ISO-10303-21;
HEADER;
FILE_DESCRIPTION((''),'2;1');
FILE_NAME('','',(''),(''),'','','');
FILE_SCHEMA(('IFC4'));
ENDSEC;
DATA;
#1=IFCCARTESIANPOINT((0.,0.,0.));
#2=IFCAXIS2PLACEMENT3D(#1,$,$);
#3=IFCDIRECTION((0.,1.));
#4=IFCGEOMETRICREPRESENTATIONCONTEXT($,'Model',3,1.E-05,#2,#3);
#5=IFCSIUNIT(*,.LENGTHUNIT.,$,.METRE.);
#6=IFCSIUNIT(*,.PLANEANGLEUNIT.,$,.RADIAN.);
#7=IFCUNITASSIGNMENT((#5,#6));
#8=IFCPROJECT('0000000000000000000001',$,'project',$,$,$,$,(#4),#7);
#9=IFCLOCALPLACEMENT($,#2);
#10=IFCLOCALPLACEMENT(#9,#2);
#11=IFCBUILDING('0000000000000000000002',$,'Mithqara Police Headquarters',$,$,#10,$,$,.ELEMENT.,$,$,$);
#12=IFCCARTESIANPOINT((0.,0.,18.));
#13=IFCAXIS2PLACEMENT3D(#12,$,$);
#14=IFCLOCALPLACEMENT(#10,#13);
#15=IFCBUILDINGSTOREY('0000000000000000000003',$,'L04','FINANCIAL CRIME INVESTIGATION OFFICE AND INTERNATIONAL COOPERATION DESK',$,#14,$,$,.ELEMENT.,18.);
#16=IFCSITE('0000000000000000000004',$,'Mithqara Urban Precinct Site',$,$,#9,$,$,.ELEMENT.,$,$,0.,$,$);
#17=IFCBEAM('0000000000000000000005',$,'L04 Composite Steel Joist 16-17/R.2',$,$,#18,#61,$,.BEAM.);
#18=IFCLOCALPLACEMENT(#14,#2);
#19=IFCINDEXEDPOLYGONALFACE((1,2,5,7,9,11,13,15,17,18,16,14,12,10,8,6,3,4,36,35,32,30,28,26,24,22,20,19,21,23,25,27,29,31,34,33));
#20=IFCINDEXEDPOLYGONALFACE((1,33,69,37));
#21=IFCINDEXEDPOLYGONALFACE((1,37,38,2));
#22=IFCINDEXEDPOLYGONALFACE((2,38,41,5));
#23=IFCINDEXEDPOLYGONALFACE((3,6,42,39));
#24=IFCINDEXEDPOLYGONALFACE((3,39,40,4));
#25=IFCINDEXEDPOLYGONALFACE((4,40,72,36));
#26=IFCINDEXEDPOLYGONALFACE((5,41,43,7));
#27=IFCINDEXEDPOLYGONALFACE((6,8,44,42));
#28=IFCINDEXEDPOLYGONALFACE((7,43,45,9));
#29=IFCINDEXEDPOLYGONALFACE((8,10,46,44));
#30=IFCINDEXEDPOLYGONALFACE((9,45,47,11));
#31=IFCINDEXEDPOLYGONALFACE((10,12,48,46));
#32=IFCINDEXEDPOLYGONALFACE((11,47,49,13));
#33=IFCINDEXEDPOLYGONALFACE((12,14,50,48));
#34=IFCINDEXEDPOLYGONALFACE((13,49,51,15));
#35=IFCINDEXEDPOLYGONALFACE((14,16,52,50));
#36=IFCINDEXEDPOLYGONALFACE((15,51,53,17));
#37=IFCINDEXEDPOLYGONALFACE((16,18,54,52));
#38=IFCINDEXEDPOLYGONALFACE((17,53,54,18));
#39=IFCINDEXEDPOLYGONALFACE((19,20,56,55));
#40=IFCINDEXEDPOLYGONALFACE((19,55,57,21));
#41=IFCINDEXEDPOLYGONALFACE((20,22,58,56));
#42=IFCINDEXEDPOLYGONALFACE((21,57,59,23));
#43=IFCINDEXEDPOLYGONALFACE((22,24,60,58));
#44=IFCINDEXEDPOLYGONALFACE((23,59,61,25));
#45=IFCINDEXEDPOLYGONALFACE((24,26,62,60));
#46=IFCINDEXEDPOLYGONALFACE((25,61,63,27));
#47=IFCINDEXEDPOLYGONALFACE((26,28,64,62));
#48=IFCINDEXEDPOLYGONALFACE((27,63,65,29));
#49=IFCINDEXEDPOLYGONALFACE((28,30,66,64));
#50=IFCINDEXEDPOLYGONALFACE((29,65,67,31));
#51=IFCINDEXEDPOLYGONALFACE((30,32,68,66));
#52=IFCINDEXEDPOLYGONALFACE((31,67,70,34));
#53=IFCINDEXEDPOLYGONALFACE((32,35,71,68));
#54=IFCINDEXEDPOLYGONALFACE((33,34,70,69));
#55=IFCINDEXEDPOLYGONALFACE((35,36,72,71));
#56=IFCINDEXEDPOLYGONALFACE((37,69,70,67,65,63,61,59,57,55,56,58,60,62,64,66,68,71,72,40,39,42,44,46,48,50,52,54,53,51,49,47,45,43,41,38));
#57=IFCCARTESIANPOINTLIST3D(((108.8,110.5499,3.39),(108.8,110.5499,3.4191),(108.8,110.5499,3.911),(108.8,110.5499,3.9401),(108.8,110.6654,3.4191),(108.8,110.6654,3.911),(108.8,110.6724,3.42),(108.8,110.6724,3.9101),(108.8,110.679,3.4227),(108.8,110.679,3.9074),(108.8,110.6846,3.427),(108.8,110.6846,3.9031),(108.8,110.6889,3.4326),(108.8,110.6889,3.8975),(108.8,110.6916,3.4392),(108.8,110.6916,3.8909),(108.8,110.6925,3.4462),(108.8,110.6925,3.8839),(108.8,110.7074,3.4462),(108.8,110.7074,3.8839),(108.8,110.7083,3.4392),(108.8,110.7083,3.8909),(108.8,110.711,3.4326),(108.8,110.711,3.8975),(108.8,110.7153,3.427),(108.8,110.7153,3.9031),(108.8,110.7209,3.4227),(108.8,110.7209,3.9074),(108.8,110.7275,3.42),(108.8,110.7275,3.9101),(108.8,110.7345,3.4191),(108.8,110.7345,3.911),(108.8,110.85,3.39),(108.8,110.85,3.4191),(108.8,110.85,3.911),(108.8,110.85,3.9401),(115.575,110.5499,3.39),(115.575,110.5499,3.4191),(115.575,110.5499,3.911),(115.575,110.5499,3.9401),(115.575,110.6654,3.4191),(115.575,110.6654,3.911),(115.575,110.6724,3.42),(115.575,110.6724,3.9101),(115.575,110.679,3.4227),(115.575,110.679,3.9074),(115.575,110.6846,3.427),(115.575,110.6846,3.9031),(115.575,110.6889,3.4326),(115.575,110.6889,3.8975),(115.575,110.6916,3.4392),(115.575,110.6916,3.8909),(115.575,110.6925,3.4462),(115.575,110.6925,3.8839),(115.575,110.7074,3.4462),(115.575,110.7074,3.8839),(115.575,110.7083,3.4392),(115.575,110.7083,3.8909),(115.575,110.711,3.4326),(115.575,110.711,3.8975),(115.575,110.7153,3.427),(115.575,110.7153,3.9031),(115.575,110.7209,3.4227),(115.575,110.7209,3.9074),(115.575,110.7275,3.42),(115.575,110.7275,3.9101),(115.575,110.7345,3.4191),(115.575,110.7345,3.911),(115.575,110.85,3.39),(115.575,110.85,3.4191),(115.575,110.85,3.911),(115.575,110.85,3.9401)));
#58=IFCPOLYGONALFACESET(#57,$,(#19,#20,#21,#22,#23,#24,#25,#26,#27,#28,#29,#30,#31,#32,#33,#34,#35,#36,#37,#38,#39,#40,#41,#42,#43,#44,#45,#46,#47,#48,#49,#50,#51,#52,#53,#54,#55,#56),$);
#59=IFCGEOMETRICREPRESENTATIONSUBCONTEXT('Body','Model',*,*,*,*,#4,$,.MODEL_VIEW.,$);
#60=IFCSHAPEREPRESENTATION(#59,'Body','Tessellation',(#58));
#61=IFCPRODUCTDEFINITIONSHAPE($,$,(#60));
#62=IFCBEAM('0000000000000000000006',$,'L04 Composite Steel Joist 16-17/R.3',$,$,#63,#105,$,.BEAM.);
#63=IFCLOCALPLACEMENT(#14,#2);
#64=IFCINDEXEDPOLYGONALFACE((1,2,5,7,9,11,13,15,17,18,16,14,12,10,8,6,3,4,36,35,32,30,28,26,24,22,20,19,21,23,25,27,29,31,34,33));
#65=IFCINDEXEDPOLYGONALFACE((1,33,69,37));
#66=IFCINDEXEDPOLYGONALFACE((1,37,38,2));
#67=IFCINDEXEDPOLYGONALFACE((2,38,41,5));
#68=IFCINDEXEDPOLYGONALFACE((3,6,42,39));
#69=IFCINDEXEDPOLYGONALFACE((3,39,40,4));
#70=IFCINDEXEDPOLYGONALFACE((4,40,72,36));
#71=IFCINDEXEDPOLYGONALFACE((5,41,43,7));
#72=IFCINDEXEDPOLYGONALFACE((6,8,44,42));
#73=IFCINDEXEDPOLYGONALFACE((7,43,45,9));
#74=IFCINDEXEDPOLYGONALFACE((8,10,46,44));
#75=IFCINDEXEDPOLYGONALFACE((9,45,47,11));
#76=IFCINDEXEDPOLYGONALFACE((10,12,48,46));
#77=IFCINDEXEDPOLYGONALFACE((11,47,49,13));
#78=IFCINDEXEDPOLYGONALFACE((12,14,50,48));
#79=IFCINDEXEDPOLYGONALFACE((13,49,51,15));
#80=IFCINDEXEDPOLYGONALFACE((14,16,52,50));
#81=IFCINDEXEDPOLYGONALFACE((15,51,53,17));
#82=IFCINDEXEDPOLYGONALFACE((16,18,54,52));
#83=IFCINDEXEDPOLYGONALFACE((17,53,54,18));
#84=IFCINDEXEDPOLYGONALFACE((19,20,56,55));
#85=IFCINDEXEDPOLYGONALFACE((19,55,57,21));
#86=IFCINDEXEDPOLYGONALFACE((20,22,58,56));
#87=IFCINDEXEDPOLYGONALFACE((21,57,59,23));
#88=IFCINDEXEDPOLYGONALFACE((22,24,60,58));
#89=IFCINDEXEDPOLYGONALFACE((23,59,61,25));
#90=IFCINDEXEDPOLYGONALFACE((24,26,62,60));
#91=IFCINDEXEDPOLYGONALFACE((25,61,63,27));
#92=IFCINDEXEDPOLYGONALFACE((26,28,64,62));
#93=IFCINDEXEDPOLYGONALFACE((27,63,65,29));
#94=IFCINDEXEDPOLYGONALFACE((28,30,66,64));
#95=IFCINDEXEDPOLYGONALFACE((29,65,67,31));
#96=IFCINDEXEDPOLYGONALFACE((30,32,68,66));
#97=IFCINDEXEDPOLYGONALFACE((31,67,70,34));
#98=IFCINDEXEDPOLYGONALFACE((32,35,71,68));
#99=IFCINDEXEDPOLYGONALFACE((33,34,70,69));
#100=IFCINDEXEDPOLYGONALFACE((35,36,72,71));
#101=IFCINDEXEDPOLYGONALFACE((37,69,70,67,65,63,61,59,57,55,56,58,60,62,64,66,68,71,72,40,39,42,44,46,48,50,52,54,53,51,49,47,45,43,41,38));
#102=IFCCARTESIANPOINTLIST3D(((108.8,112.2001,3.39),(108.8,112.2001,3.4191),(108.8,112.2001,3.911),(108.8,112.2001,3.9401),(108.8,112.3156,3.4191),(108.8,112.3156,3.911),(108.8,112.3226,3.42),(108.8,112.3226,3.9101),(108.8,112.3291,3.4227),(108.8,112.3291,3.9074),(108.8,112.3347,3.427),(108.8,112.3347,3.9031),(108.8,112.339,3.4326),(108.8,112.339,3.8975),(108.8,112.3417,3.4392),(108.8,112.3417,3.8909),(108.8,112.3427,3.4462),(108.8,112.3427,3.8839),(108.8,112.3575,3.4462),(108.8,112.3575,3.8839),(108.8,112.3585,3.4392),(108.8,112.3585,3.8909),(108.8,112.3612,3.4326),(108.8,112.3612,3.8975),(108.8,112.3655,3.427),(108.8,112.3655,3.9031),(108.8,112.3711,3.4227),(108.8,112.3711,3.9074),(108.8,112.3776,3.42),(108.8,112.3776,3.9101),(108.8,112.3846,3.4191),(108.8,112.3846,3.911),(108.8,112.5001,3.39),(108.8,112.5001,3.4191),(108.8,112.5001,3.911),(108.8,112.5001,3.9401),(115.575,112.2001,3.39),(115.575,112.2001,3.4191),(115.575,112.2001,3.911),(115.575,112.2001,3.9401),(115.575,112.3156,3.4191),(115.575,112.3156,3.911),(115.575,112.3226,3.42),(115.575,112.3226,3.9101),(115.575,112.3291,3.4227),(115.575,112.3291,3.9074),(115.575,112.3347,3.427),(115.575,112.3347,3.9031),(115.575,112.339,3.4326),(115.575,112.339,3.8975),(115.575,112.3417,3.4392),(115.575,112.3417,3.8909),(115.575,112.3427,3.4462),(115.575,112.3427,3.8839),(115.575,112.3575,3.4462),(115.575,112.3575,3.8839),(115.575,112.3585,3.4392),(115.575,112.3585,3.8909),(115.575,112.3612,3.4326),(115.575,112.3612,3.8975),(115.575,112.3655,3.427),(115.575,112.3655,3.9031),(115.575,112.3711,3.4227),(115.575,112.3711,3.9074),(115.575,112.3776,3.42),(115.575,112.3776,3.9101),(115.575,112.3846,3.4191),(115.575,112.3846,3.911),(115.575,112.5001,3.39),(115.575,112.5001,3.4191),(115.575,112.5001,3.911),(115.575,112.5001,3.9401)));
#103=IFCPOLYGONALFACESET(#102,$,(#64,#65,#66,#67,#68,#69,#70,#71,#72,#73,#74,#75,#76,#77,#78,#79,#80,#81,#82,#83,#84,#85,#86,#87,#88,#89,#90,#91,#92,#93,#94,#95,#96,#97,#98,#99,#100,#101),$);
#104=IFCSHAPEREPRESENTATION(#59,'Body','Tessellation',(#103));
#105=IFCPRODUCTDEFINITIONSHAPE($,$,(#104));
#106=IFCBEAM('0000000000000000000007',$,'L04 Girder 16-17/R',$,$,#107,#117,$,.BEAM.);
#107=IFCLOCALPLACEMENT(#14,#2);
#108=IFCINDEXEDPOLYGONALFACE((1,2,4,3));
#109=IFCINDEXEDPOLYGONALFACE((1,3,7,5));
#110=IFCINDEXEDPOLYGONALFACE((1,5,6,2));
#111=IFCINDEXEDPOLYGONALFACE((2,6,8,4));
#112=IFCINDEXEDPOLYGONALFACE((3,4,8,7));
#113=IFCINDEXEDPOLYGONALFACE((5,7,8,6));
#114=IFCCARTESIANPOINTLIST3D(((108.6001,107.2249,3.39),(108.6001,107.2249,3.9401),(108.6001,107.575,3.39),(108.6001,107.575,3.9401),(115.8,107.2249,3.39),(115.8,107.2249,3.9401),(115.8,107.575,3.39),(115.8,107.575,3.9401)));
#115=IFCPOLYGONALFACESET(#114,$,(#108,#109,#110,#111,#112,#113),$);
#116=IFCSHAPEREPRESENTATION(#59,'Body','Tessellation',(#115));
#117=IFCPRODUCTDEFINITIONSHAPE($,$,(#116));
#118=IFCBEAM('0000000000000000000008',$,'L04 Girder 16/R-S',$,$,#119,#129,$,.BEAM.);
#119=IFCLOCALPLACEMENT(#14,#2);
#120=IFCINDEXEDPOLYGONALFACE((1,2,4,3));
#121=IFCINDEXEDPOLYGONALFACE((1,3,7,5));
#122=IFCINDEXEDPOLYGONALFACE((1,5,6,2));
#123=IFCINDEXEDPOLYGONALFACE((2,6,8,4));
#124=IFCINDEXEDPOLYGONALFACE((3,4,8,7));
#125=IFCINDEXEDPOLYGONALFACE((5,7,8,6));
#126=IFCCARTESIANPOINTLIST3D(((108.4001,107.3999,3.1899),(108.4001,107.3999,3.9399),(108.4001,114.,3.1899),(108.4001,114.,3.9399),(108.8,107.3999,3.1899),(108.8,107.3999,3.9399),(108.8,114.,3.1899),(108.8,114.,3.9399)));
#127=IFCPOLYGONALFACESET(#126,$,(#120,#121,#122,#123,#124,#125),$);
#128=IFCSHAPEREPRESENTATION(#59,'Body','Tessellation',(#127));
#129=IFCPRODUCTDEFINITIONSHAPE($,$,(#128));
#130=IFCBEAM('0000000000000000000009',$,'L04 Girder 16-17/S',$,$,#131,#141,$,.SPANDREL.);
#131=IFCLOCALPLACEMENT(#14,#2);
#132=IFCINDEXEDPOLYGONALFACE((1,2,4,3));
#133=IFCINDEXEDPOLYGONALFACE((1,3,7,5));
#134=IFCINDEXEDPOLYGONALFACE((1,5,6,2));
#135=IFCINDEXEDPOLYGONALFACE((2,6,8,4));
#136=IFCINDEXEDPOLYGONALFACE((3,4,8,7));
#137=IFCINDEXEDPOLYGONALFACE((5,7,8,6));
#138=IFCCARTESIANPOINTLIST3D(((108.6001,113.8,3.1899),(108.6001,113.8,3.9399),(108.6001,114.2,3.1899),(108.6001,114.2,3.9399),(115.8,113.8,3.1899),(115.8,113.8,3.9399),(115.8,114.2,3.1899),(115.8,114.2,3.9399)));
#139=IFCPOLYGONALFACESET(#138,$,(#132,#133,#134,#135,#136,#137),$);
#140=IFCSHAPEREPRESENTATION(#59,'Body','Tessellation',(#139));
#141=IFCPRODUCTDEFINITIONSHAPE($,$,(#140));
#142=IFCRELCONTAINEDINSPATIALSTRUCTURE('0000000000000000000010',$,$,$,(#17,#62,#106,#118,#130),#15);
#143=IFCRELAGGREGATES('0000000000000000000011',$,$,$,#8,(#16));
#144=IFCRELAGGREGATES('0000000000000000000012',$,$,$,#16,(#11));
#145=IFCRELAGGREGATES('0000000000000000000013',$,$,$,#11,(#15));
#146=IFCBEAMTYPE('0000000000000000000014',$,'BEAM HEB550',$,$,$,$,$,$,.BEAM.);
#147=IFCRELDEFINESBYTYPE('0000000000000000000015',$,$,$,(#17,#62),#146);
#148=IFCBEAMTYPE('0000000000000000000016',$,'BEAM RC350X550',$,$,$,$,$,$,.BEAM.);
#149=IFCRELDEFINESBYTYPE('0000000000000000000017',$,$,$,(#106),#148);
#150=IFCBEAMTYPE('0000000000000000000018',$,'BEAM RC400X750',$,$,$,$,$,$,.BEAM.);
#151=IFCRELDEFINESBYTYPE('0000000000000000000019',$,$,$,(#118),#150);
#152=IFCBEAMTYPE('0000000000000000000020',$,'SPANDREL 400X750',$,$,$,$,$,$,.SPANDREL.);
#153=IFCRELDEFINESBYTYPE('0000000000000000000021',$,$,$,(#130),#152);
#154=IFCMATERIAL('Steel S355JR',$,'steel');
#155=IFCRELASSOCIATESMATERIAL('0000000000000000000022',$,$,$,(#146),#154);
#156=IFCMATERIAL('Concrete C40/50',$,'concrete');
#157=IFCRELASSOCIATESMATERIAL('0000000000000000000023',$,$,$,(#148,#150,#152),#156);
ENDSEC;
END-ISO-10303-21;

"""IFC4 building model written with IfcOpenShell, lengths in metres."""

from ifc_helpers import new_model, si_unit, direction, frame, origin, origin_2d, place, context, subcontext, project, spatial, rectangle, i_section, extrude, material, material_profile, profile_set, type_object, element, save


model = new_model("IFC4")

# Units and contexts
model_context = context("Model", 3, precision=1e-05, world=origin(), true_north=direction((0.0, 1.0)))
body_context = subcontext(model_context, "Body", "Model", "MODEL_VIEW")
ifc_project = project(units=[si_unit("LENGTHUNIT", "METRE"), si_unit("PLANEANGLEUNIT", "RADIAN")], contexts=[model_context])

# Site, building, storey
site_placement = place(None, origin())
site = spatial("IfcSite", under=ifc_project, at=site_placement, Name="Mithqara Urban Precinct Site", CompositionType="ELEMENT", RefElevation=0.0)
building_placement = place(site_placement, origin())
building = spatial("IfcBuilding", under=site, at=building_placement, Name="Mithqara Police Headquarters", CompositionType="ELEMENT")
storey_placement = place(building_placement, frame((0.0, 0.0, 18.0)))
storey = spatial("IfcBuildingStorey", under=building, at=storey_placement, Name="L04", Description="FINANCIAL CRIME INVESTIGATION OFFICE AND INTERNATIONAL COOPERATION DESK", CompositionType="ELEMENT", Elevation=18.0)

# Beams
ifc_material_1 = material(Name="Steel S355JR", Category="steel")
ifc_material_profile_1 = material_profile(ifc_material_1, i_section(OverallWidth=0.3, OverallDepth=0.55, WebThickness=0.0149, FlangeThickness=0.0291, FilletRadius=0.0271, at=origin_2d()), Name="HEB 550")
ifc_profile_set_1 = profile_set([ifc_material_profile_1], Name="Steel S355JR")
beam_type_1 = type_object("IfcBeamType", Name="BEAM HEB550", PredefinedType="BEAM", material=ifc_profile_set_1)
for number, where, z_axis, x_axis, name in (
    (1, (108.8, 110.7, 3.665), (1.0, 0.0, 0.0), (0.0, 1.0, 0.0), "L04 Composite Steel Joist 16-17/R.2"),
    (2, (108.8, 112.3501, 3.665), (1.0, 0.0, 0.0), (0.0, 1.0, 0.0), "L04 Composite Steel Joist 16-17/R.3"),
):
    element("IfcBeam", number, at=place(storey_placement, frame(where, z_axis=z_axis, x_axis=x_axis)), inside=storey, type_object=beam_type_1, Name=name, PredefinedType="BEAM", context=body_context, shape_type="SweptSolid", body=[
        extrude(i_section(OverallWidth=0.3, OverallDepth=0.55, WebThickness=0.0149, FlangeThickness=0.0291, FilletRadius=0.0271, at=origin_2d()), origin(), (0.0, 0.0, 1.0), 6.7749),
    ])
ifc_material_2 = material(Name="Concrete C40/50", Category="concrete")
ifc_material_profile_2 = material_profile(ifc_material_2, rectangle(XDim=0.3501, YDim=0.55, at=origin_2d()), Name="RC 350x550")
ifc_profile_set_2 = profile_set([ifc_material_profile_2], Name="Concrete C40/50")
beam_type_2 = type_object("IfcBeamType", Name="BEAM RC350X550", PredefinedType="BEAM", material=ifc_profile_set_2)
beam_1_placement = place(storey_placement, frame((108.6001, 107.3999, 3.665), z_axis=(1.0, 0.0, 0.0), x_axis=(0.0, 1.0, 0.0)))
element("IfcBeam", 3, at=beam_1_placement, inside=storey, type_object=beam_type_2, Name="L04 Girder 16-17/R", PredefinedType="BEAM", context=body_context, shape_type="SweptSolid", body=[
    extrude(rectangle(XDim=0.3501, YDim=0.55, at=origin_2d()), origin(), (0.0, 0.0, 1.0), 7.2),
])
ifc_material_profile_3 = material_profile(ifc_material_2, rectangle(XDim=0.3999, YDim=0.75, at=origin_2d()), Name="RC 400x750")
ifc_profile_set_3 = profile_set([ifc_material_profile_3], Name="Concrete C40/50")
beam_type_3 = type_object("IfcBeamType", Name="BEAM RC400X750", PredefinedType="BEAM", material=ifc_profile_set_3)
beam_2_placement = place(storey_placement, frame((108.6001, 107.3999, 3.5649), z_axis=(0.0, 1.0, 0.0), x_axis=(-1.0, 0.0, 0.0)))
element("IfcBeam", 4, at=beam_2_placement, inside=storey, type_object=beam_type_3, Name="L04 Girder 16/R-S", PredefinedType="BEAM", context=body_context, shape_type="SweptSolid", body=[
    extrude(rectangle(XDim=0.3999, YDim=0.75, at=origin_2d()), origin(), (0.0, 0.0, 1.0), 6.6001),
])
ifc_material_profile_4 = material_profile(ifc_material_2, rectangle(XDim=0.3999, YDim=0.75, at=origin_2d()), Name="SPB 400x750")
ifc_profile_set_4 = profile_set([ifc_material_profile_4], Name="Concrete C40/50")
beam_type_4 = type_object("IfcBeamType", Name="SPANDREL 400X750", PredefinedType="SPANDREL", material=ifc_profile_set_4)
beam_3_placement = place(storey_placement, frame((108.6001, 114.0, 3.5649), z_axis=(1.0, 0.0, 0.0), x_axis=(0.0, 1.0, 0.0)))
element("IfcBeam", 5, at=beam_3_placement, inside=storey, type_object=beam_type_4, Name="L04 Girder 16-17/S", PredefinedType="SPANDREL", context=body_context, shape_type="SweptSolid", body=[
    extrude(rectangle(XDim=0.3999, YDim=0.75, at=origin_2d()), origin(), (0.0, 0.0, 1.0), 7.2),
])

save(model, "model.ifc")
